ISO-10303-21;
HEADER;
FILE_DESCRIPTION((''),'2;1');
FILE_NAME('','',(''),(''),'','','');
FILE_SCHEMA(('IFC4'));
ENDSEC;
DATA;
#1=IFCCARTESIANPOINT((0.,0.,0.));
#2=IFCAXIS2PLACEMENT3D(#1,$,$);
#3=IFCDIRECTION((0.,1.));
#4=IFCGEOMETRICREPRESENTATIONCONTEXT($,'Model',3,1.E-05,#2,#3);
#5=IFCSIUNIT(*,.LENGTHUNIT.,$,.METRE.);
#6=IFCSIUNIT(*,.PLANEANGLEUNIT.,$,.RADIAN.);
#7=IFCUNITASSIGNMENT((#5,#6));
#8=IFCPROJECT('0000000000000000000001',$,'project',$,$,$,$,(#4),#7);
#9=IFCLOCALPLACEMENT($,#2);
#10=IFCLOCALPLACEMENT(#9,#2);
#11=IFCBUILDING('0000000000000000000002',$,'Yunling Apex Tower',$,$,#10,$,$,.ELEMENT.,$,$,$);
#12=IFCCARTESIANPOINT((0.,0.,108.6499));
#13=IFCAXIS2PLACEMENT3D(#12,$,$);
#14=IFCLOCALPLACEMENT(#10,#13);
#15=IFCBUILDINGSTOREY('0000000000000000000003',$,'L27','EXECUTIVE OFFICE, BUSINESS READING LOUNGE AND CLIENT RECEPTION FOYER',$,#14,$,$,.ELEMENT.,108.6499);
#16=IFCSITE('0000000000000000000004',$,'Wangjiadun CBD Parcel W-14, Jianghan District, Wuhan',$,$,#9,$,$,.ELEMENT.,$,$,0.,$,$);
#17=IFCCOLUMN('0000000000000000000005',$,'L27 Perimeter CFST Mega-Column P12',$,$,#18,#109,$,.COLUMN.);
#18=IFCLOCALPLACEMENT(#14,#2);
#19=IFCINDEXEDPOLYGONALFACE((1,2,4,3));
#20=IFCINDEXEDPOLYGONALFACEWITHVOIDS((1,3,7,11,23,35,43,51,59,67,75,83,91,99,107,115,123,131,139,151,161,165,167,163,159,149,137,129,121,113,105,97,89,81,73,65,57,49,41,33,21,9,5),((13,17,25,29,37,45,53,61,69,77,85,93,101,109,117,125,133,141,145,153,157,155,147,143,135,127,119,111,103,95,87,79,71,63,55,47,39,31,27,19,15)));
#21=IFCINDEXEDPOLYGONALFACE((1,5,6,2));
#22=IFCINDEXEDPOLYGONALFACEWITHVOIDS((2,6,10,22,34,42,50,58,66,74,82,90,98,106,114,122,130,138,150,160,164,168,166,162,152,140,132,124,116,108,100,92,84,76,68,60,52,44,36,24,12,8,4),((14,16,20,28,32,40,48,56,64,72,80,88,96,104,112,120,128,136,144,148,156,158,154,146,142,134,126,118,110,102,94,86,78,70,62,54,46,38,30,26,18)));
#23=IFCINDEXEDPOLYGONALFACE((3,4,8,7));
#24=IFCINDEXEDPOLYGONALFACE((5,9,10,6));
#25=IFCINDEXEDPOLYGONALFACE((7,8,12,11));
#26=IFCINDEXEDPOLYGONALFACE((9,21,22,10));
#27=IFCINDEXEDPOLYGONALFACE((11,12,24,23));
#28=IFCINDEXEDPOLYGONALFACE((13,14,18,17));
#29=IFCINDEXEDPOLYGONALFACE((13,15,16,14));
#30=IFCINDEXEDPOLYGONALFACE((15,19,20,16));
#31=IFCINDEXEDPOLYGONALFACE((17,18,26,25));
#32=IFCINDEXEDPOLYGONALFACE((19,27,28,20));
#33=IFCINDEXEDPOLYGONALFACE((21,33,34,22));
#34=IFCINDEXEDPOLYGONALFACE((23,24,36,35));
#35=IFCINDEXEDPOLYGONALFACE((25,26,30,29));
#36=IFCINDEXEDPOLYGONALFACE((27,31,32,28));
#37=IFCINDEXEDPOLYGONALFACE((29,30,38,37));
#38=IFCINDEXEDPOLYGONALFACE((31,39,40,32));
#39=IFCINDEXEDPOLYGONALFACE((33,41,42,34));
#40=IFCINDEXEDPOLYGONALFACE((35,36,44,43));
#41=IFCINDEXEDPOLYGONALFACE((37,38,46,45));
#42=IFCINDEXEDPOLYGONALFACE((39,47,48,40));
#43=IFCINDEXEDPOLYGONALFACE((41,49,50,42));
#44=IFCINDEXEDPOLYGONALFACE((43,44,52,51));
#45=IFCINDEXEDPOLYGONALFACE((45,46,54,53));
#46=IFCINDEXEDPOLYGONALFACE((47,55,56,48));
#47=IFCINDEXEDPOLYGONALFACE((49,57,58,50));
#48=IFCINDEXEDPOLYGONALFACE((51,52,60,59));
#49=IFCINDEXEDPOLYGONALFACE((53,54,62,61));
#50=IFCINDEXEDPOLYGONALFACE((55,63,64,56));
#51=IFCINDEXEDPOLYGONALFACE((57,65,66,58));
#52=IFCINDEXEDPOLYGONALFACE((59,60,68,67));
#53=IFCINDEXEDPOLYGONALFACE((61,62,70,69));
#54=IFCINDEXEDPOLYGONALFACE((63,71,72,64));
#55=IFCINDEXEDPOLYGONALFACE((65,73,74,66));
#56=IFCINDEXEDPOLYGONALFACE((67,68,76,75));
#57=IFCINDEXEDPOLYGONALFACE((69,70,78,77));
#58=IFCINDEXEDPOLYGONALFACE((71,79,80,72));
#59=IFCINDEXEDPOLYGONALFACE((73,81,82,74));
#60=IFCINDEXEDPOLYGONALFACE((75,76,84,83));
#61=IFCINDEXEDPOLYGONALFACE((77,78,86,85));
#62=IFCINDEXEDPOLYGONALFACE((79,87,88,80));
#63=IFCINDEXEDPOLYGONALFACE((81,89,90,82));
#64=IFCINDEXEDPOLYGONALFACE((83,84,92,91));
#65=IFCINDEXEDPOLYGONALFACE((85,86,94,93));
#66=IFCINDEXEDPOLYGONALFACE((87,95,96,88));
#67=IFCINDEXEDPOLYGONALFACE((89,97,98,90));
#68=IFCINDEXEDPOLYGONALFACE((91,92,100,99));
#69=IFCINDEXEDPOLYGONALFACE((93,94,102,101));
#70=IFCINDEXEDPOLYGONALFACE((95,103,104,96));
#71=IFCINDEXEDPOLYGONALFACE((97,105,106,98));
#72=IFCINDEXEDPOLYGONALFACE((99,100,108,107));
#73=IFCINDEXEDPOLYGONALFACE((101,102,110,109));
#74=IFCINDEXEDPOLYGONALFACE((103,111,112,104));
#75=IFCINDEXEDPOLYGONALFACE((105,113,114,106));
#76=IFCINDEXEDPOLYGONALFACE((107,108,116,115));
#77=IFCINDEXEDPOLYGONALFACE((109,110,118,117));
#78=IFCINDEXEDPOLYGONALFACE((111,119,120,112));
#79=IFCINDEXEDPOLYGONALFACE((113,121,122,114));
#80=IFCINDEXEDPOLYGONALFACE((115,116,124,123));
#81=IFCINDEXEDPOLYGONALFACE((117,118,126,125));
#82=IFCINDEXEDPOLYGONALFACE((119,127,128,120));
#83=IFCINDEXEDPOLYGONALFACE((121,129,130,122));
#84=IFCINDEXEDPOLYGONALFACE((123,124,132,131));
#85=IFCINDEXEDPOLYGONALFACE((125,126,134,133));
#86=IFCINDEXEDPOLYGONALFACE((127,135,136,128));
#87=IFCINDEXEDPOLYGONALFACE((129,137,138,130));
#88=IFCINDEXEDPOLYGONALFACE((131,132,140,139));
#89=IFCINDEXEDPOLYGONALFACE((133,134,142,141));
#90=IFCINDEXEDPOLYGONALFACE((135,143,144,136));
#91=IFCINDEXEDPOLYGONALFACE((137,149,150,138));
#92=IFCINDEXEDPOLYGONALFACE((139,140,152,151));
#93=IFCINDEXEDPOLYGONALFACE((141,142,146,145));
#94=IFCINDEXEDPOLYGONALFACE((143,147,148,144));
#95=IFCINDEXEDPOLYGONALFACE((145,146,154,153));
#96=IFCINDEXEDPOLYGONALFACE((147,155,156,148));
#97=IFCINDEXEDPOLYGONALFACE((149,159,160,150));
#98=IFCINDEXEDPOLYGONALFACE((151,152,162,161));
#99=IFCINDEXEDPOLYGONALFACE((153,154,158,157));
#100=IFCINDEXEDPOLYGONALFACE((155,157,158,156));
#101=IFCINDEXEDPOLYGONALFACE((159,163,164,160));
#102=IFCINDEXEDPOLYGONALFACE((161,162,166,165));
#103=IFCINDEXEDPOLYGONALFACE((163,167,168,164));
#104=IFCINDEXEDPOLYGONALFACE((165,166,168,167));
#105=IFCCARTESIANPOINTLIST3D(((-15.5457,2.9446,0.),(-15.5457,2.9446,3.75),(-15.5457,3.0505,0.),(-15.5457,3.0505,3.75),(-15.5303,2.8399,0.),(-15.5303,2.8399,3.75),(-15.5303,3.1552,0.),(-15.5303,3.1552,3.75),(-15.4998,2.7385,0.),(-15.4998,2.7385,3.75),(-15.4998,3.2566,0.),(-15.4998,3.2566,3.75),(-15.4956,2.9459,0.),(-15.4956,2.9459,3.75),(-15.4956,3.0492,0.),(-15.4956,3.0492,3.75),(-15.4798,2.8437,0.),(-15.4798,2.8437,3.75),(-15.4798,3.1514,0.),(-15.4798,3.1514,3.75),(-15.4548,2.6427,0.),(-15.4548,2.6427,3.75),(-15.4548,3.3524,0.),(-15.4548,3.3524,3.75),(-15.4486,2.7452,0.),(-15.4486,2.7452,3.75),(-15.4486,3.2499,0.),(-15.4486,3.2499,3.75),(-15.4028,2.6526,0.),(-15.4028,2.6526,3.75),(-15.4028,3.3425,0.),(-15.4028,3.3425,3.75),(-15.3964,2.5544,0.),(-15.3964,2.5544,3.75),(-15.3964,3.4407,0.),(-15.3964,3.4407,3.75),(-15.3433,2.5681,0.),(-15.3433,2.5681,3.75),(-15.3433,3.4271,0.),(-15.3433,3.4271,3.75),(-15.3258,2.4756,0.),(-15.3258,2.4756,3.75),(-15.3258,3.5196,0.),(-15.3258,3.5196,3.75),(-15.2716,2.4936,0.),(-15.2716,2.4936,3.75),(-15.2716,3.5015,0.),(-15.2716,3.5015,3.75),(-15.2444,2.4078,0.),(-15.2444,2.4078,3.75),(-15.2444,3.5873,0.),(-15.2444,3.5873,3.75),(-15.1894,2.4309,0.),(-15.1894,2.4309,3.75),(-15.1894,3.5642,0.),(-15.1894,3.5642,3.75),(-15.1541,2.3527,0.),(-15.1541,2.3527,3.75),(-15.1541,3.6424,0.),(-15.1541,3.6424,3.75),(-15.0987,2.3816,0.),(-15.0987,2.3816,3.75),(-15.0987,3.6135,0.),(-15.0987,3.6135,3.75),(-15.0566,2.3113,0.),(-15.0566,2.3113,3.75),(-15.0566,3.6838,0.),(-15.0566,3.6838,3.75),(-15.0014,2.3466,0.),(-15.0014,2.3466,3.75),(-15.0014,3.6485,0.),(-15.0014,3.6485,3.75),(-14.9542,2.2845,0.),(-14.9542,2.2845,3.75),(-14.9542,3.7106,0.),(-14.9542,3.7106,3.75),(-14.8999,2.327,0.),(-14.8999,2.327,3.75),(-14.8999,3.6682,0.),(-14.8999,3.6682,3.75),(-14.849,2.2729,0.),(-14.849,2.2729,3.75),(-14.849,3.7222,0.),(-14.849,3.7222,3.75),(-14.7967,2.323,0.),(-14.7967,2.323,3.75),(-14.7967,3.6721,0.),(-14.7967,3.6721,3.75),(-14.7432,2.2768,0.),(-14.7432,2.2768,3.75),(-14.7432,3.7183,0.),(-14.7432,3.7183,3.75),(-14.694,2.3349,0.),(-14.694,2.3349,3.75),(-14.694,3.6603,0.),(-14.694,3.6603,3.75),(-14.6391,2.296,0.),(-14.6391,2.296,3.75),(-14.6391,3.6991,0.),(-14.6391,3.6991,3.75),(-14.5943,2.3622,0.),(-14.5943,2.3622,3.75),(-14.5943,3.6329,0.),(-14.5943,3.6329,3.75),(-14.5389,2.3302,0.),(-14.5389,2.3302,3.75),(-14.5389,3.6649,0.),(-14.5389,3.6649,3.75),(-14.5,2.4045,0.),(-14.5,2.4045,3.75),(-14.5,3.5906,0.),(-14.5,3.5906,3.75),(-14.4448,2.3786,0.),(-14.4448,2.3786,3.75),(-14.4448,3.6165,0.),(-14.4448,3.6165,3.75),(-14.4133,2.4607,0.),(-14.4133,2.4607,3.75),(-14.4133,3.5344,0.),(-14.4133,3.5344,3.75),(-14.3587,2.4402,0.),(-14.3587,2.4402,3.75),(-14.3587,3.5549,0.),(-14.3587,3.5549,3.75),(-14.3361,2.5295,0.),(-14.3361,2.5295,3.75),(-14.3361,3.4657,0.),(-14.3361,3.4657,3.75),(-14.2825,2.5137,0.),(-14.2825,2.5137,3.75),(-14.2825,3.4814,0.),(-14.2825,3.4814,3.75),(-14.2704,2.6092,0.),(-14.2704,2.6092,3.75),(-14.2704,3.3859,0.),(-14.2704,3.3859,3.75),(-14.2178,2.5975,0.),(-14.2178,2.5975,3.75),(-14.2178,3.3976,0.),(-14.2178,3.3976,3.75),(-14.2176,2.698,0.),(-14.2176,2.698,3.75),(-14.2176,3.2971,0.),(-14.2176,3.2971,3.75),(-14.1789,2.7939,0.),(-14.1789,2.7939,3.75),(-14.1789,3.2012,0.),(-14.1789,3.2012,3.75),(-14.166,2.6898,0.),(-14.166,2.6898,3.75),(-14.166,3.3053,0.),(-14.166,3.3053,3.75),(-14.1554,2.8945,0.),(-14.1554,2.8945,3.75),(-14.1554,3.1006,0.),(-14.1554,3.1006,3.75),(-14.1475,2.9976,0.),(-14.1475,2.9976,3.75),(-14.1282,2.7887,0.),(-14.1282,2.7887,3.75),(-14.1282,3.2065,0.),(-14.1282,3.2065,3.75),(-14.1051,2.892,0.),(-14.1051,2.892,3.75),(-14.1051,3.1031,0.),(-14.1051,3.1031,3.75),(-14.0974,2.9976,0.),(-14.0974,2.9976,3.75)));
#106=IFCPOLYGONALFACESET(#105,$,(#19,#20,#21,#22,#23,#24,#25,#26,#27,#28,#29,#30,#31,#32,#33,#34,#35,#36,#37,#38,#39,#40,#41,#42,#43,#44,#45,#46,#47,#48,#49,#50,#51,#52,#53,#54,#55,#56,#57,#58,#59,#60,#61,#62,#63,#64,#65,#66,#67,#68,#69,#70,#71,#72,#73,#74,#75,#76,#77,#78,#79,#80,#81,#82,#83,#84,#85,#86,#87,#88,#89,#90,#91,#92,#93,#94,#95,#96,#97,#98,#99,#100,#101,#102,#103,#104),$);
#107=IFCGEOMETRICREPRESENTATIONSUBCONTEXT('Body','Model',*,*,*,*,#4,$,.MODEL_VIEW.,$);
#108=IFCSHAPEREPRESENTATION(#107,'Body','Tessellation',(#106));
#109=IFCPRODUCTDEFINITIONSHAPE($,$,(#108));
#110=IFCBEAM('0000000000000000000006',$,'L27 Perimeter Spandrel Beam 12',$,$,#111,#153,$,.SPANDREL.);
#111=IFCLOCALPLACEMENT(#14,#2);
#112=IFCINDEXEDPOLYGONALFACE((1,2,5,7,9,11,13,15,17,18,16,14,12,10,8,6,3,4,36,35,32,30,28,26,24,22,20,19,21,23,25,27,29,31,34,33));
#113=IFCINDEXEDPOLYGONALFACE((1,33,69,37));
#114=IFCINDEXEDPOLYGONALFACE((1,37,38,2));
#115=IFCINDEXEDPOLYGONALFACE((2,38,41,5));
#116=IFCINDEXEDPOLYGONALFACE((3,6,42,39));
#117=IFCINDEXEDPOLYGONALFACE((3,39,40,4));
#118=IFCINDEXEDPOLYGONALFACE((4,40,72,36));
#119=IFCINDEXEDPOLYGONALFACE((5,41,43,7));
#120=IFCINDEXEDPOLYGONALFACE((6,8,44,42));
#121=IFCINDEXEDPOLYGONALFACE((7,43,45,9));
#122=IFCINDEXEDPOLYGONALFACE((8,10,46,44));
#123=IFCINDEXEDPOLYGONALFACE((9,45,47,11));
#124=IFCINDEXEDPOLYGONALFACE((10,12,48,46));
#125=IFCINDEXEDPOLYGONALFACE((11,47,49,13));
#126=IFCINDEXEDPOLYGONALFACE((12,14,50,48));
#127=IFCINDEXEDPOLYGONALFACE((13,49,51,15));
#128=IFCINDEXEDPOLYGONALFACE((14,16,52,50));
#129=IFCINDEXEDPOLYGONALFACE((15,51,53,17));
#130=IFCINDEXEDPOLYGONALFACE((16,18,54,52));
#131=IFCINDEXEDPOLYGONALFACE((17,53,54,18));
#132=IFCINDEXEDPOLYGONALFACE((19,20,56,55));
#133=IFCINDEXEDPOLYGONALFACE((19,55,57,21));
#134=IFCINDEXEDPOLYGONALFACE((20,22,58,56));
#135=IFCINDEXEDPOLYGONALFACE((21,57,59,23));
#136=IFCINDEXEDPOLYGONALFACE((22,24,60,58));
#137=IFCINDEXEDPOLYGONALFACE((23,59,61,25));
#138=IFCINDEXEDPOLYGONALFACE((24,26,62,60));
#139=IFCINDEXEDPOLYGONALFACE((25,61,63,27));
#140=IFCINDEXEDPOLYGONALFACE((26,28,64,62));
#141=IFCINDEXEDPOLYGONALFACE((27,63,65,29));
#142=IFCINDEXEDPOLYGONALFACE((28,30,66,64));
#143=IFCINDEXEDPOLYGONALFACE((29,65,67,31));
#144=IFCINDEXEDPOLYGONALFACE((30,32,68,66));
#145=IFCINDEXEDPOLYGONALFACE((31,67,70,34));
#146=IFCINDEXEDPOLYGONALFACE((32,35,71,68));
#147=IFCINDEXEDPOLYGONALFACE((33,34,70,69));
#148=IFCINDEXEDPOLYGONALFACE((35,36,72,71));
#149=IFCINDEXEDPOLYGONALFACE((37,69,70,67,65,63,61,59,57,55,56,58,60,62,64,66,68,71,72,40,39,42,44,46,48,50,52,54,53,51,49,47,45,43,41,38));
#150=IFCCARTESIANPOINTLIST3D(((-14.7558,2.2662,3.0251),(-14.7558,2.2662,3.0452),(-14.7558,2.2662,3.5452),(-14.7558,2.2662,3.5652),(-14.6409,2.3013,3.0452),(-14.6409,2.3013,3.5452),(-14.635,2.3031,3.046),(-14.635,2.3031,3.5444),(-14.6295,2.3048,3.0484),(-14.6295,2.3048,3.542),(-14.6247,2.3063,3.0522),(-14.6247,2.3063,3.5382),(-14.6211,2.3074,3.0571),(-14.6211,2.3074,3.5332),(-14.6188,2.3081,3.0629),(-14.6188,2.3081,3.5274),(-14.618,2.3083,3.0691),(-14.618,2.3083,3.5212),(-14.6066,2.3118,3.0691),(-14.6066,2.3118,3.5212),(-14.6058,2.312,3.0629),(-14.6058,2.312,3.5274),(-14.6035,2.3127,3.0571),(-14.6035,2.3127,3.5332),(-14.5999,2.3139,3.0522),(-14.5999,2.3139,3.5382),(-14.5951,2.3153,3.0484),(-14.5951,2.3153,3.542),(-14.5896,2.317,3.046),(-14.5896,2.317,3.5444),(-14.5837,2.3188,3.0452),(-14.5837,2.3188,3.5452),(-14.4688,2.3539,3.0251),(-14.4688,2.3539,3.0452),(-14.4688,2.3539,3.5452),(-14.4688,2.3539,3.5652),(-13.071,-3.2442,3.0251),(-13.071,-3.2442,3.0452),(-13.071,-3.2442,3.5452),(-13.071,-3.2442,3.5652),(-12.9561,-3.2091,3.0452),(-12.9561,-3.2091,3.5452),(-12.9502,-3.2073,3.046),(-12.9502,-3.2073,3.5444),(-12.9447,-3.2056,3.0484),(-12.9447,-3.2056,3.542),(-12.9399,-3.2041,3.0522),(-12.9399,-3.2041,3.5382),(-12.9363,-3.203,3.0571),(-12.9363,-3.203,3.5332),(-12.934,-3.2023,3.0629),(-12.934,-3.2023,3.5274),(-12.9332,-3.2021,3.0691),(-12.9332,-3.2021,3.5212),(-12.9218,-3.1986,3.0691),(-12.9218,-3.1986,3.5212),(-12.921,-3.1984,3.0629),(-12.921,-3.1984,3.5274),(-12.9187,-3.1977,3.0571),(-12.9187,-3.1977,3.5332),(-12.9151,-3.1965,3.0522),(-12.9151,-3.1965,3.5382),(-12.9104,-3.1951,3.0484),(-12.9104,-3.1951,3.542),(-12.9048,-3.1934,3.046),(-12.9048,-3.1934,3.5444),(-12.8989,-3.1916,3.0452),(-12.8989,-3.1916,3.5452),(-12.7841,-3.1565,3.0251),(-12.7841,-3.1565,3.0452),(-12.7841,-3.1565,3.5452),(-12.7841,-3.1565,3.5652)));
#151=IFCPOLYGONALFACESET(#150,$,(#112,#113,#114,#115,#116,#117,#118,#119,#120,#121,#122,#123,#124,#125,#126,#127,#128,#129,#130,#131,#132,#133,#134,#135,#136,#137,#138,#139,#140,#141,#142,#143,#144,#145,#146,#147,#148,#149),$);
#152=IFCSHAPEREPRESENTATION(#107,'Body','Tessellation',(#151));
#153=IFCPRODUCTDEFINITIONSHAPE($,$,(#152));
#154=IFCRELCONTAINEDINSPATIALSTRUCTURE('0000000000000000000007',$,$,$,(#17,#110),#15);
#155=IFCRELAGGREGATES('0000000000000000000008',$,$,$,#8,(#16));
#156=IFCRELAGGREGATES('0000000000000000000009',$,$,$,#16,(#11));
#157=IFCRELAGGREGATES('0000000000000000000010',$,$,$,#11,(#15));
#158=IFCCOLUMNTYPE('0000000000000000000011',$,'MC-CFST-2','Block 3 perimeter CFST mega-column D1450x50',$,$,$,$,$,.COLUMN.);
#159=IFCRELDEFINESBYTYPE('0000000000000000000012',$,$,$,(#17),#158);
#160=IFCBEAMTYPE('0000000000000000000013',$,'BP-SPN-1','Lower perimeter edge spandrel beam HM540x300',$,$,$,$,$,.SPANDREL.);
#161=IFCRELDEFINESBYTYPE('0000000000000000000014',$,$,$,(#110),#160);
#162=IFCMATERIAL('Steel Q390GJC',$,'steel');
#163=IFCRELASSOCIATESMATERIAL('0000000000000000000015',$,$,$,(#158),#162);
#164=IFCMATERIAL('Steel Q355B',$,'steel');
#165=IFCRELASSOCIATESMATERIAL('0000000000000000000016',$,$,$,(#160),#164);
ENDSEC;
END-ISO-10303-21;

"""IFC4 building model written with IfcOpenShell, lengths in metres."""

from ifc_helpers import new_model, si_unit, direction, frame, origin, origin_2d, place, context, subcontext, project, spatial, hollow_circle, i_section, extrude, source, transform, mapped, material, material_profile, profile_set, type_object, element, save


model = new_model("IFC4")

# Units and contexts
model_context = context("Model", 3, precision=1e-05, world=origin(), true_north=direction((0.0, 1.0)))
body_context = subcontext(model_context, "Body", "Model", "MODEL_VIEW")
ifc_project = project(units=[si_unit("LENGTHUNIT", "METRE"), si_unit("PLANEANGLEUNIT", "RADIAN")], contexts=[model_context])

# Site, building, storey
site_placement = place(None, origin())
site = spatial("IfcSite", under=ifc_project, at=site_placement, Name="Wangjiadun CBD Parcel W-14, Jianghan District, Wuhan", CompositionType="ELEMENT", RefElevation=0.0)
building_placement = place(site_placement, origin())
building = spatial("IfcBuilding", under=site, at=building_placement, Name="Yunling Apex Tower", CompositionType="ELEMENT")
storey_placement = place(building_placement, frame((0.0, 0.0, 108.6499)))
storey = spatial("IfcBuildingStorey", under=building, at=storey_placement, Name="L27", Description="EXECUTIVE OFFICE, BUSINESS READING LOUNGE AND CLIENT RECEPTION FOYER", CompositionType="ELEMENT", Elevation=108.6499)

# Column
ifc_material_1 = material(Name="Steel Q390GJC", Category="steel")
ifc_material_profile_1 = material_profile(ifc_material_1, hollow_circle(Radius=0.7251, WallThickness=0.05, at=origin_2d()))
ifc_profile_set_1 = profile_set([ifc_material_profile_1], Name="Steel Q390GJC")
column_type = type_object("IfcColumnType", Name="MC-CFST-2", Description="Block 3 perimeter CFST mega-column D1450x50", PredefinedType="COLUMN", material=ifc_profile_set_1)
shared_shape_1 = source(origin(), body_context, "Body", "SweptSolid", [
    extrude(hollow_circle(Radius=0.7251, WallThickness=0.05, at=origin_2d()), origin(), (0.0, 0.0, 1.0), 3.75),
])
column_placement = place(storey_placement, frame((-14.8225, 2.9976, 0.0), z_axis=(0.0, 0.0, 1.0), x_axis=(1.0, 0.0, 0.0)))
element("IfcColumn", 1, at=column_placement, inside=storey, type_object=column_type, Name="L27 Perimeter CFST Mega-Column P12", PredefinedType="COLUMN", context=body_context, shape_type="MappedRepresentation", body=[
    mapped(shared_shape_1, transform((0.0, 0.0, 0.0), scale=1.0)),
])

# Beam
ifc_material_2 = material(Name="Steel Q355B", Category="steel")
ifc_material_profile_2 = material_profile(ifc_material_2, i_section(OverallWidth=0.3, OverallDepth=0.54, WebThickness=0.012, FlangeThickness=0.02, FilletRadius=0.0239, at=origin_2d()))
ifc_profile_set_2 = profile_set([ifc_material_profile_2], Name="Steel Q355B")
beam_type_1 = type_object("IfcBeamType", Name="BP-SPN-1", Description="Lower perimeter edge spandrel beam HM540x300", PredefinedType="SPANDREL", material=ifc_profile_set_2)
shared_shape_2 = source(origin(), body_context, "Body", "SweptSolid", [
    extrude(i_section(OverallWidth=0.3, OverallDepth=0.54, WebThickness=0.012, FlangeThickness=0.02, FilletRadius=0.0239, at=origin_2d()), origin(), (0.0, 0.0, 1.0), 5.7622),
])
beam_1_placement = place(storey_placement, frame((-14.6123, 2.3101, 3.2952), z_axis=(0.292385, -0.956301, 0.0), x_axis=(0.956301, 0.292385, 0.0)))
element("IfcBeam", 2, at=beam_1_placement, inside=storey, type_object=beam_type_1, Name="L27 Perimeter Spandrel Beam 12", PredefinedType="SPANDREL", context=body_context, shape_type="MappedRepresentation", body=[
    mapped(shared_shape_2, transform((0.0, 0.0, 0.0), scale=1.0)),
])

save(model, "model.ifc")
